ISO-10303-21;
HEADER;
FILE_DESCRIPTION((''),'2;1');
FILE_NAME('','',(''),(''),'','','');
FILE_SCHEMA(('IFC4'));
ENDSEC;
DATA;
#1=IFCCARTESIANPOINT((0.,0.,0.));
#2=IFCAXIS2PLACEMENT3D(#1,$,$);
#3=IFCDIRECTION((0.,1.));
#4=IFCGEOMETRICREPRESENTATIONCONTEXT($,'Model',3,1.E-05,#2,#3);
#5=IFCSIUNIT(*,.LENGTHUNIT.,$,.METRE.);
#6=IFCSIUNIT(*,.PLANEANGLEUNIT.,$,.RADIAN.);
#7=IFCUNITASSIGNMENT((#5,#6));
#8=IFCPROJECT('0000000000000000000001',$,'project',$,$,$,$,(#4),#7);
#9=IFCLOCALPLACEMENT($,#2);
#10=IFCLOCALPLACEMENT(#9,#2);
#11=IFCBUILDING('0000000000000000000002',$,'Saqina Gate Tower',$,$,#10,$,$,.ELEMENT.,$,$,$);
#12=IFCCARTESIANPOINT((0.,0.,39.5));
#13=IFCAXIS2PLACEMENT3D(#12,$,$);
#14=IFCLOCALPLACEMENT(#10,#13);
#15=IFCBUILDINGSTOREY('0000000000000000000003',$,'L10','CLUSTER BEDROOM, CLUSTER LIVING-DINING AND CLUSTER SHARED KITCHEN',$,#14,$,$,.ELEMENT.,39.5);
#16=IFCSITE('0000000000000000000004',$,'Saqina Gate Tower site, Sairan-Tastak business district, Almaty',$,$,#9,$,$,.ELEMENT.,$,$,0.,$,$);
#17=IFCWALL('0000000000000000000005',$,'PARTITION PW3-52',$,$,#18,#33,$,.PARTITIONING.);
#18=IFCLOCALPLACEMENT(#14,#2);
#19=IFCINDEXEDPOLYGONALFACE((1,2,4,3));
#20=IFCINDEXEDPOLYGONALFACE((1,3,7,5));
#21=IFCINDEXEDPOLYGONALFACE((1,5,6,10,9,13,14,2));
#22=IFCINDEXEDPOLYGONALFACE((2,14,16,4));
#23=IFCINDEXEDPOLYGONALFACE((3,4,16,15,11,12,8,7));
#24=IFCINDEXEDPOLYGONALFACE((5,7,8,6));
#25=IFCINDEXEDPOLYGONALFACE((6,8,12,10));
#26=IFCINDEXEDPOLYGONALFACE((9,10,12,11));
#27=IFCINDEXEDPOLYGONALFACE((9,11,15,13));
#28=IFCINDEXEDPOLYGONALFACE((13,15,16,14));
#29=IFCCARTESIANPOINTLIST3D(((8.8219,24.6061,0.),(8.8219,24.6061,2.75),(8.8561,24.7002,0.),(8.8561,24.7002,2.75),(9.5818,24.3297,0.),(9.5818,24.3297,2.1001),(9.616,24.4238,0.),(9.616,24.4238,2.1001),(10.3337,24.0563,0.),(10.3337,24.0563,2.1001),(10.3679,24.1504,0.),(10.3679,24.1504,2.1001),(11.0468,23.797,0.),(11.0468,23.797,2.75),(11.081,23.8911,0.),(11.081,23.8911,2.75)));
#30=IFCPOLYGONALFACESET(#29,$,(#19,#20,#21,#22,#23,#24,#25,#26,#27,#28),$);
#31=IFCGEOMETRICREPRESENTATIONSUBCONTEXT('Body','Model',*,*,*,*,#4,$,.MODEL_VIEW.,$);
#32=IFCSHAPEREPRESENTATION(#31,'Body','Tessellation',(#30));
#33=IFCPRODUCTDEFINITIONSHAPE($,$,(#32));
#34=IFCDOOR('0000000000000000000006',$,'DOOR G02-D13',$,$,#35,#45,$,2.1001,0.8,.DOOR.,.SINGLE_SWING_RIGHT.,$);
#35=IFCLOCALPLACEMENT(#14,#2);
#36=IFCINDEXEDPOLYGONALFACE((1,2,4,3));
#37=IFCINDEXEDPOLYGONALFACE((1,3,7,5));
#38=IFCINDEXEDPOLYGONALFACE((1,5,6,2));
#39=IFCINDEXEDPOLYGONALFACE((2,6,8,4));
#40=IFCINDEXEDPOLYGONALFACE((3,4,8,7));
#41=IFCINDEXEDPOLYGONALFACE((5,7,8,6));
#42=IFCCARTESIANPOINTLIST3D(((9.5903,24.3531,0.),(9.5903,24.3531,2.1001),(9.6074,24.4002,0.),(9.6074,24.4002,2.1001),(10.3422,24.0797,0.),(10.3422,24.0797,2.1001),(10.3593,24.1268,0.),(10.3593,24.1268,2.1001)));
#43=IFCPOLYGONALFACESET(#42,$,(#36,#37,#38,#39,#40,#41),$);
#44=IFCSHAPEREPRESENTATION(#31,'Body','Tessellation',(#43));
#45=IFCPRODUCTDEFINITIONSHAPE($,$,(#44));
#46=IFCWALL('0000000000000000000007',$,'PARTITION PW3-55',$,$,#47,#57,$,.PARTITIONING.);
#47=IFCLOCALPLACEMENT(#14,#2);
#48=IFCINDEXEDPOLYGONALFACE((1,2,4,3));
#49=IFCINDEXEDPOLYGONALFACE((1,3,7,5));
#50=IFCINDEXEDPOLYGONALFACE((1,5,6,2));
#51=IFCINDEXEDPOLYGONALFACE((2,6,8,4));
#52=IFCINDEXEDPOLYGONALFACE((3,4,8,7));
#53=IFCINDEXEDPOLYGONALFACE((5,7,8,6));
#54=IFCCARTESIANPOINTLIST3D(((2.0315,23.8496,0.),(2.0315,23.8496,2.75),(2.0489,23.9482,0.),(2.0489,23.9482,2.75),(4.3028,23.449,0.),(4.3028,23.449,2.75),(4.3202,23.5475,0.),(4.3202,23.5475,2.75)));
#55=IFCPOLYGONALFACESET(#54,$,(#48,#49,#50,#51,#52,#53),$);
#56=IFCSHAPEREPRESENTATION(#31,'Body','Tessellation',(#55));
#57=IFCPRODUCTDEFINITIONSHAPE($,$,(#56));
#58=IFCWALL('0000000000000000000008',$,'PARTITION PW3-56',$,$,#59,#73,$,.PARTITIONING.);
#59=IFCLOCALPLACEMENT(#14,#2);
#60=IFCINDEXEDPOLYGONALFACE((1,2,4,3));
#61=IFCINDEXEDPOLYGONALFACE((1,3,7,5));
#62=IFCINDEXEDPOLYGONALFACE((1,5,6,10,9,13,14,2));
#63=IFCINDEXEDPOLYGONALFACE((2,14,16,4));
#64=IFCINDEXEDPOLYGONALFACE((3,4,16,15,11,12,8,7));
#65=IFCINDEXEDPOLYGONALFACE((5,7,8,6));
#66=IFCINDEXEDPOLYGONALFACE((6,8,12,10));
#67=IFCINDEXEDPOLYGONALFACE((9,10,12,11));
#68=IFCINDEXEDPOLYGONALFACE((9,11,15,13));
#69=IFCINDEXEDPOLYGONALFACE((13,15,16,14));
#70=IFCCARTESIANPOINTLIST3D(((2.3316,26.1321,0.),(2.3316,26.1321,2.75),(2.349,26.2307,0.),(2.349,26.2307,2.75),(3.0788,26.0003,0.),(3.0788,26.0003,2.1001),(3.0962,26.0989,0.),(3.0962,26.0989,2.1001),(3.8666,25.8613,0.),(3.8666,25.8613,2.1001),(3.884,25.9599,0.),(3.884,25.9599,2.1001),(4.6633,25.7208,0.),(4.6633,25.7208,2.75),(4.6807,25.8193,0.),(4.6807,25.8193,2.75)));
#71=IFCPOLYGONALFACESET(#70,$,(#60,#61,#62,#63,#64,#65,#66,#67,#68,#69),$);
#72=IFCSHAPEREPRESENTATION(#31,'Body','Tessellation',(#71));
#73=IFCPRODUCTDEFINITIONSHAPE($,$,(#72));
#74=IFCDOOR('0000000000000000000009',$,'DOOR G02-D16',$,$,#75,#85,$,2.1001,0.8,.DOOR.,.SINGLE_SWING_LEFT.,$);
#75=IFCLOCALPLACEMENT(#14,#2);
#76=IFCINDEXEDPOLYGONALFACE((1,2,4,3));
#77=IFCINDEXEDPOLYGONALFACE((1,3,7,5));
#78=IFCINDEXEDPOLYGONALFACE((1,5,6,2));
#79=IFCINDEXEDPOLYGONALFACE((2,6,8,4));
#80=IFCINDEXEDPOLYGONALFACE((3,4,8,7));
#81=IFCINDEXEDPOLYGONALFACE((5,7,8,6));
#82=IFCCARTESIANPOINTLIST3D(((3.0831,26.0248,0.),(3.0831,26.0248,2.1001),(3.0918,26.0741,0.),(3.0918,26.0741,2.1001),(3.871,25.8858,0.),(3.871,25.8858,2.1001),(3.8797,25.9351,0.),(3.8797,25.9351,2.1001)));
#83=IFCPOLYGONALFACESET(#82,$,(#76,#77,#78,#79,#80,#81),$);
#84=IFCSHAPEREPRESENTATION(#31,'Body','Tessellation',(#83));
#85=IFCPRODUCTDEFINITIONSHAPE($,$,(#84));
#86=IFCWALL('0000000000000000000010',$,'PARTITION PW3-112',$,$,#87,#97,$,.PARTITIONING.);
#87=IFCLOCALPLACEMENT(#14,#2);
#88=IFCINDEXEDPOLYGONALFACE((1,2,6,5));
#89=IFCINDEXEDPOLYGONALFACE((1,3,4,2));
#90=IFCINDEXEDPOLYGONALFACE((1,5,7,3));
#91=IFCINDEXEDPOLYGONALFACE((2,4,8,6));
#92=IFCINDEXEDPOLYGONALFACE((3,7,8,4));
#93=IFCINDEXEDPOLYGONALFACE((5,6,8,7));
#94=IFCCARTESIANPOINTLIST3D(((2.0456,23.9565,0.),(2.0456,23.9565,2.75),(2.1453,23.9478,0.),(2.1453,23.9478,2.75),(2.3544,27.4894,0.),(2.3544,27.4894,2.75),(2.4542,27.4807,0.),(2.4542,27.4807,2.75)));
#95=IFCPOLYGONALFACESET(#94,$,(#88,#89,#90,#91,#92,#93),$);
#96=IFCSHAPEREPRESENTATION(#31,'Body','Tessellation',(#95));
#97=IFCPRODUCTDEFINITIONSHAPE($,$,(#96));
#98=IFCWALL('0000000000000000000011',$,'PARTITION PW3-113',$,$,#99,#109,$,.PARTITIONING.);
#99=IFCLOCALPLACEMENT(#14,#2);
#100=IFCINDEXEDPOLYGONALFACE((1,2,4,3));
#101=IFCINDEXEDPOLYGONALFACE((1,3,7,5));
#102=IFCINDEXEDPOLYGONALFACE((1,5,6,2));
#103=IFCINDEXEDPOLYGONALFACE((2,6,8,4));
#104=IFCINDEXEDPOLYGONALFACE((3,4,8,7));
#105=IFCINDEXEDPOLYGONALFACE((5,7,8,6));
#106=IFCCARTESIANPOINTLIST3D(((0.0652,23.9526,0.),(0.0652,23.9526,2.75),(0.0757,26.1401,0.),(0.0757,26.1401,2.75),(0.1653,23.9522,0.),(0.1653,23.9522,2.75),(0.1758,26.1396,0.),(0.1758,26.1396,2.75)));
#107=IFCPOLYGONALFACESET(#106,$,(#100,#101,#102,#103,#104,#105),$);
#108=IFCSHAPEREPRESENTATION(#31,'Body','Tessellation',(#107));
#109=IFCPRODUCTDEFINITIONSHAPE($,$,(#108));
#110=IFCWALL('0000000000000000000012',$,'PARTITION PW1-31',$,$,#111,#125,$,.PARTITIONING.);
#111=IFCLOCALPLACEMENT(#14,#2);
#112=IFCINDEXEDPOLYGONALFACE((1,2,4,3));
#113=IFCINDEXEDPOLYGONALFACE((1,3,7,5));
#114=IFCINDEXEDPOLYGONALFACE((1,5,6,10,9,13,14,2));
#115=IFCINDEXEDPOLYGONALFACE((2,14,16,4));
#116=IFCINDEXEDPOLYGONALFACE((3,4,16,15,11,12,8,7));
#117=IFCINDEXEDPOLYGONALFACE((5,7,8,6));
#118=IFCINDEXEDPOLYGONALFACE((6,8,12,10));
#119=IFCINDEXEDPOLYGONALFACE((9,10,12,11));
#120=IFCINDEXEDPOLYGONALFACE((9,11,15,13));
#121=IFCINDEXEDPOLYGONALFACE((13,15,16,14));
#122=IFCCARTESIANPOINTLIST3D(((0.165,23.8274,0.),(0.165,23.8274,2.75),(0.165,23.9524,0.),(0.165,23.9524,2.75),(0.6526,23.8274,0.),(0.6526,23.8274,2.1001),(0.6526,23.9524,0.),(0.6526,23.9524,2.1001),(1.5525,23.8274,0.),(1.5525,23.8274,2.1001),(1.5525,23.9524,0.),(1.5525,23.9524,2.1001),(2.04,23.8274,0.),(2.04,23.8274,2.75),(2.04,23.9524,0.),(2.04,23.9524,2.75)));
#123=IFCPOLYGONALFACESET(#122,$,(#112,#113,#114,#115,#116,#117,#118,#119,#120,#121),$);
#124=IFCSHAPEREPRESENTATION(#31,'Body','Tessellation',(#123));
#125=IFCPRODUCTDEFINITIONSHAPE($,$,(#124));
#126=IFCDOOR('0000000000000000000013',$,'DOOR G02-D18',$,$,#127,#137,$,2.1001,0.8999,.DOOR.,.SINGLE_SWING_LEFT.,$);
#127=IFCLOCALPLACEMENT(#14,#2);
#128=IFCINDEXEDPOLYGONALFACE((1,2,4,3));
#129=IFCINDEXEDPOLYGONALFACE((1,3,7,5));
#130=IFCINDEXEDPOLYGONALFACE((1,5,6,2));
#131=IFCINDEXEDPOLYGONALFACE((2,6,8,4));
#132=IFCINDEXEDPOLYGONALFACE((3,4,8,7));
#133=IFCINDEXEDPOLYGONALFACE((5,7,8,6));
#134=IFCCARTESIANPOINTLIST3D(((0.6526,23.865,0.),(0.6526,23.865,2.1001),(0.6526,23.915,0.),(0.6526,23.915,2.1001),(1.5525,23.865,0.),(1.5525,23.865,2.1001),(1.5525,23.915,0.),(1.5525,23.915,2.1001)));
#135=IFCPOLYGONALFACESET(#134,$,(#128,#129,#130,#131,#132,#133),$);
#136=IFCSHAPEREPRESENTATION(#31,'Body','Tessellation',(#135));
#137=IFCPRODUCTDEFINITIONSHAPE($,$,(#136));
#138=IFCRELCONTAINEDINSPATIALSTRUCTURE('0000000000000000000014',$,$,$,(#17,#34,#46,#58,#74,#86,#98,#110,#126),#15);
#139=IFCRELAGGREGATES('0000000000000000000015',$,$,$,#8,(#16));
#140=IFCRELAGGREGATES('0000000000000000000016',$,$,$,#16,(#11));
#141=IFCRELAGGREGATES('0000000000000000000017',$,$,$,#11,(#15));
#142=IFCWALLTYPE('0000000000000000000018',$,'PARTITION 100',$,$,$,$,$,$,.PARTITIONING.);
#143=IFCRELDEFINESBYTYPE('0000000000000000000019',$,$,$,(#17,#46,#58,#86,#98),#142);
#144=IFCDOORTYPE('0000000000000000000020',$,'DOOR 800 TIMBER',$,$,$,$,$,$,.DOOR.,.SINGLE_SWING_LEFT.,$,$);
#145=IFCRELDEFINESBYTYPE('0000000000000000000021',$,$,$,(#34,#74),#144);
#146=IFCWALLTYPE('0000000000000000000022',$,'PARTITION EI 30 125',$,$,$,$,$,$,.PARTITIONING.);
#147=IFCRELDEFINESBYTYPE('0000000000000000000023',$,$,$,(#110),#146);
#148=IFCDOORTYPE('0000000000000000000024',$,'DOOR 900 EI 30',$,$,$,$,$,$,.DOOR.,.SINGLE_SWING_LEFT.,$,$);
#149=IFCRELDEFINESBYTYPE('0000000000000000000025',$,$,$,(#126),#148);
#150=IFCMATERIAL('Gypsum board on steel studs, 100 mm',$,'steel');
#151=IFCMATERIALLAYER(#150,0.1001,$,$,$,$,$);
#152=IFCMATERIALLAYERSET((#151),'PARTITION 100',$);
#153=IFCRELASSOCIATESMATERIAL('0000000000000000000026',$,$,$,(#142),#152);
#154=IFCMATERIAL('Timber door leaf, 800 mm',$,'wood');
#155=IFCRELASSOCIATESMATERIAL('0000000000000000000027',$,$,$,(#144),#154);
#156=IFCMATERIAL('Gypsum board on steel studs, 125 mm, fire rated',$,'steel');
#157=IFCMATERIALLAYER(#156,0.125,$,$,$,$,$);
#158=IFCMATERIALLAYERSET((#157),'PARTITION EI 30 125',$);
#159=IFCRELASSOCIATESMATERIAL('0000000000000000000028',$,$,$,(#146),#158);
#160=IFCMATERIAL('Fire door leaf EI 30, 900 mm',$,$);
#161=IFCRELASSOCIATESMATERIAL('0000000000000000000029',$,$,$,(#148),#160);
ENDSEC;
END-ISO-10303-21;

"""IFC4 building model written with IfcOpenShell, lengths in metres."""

from ifc_helpers import new_model, si_unit, direction, frame, frame_2d, origin, place, context, subcontext, project, spatial, rectangle, extrude, material, layer, layer_set, type_object, element, fill, save


model = new_model("IFC4")

# Units and contexts
model_context = context("Model", 3, precision=1e-05, world=origin(), true_north=direction((0.0, 1.0)))
body_context = subcontext(model_context, "Body", "Model", "MODEL_VIEW")
ifc_project = project(units=[si_unit("LENGTHUNIT", "METRE"), si_unit("PLANEANGLEUNIT", "RADIAN")], contexts=[model_context])

# Site, building, storey
site_placement = place(None, origin())
site = spatial("IfcSite", under=ifc_project, at=site_placement, Name="Saqina Gate Tower site, Sairan-Tastak business district, Almaty", CompositionType="ELEMENT", RefElevation=0.0)
building_placement = place(site_placement, origin())
building = spatial("IfcBuilding", under=site, at=building_placement, Name="Saqina Gate Tower", CompositionType="ELEMENT")
storey_placement = place(building_placement, frame((0.0, 0.0, 39.5)))
storey = spatial("IfcBuildingStorey", under=building, at=storey_placement, Name="L10", Description="CLUSTER BEDROOM, CLUSTER LIVING-DINING AND CLUSTER SHARED KITCHEN", CompositionType="ELEMENT", Elevation=39.5)

# Wall, opening, door
ifc_material_1 = material(Name="Gypsum board on steel studs, 100 mm", Category="steel")
ifc_layer_1 = layer(ifc_material_1, 0.1001)
ifc_layer_set_1 = layer_set([ifc_layer_1], Name="PARTITION 100")
wall_type_1 = type_object("IfcWallType", Name="PARTITION 100", PredefinedType="PARTITIONING", material=ifc_layer_set_1)
ifc_material_2 = material(Name="Timber door leaf, 800 mm", Category="wood")
door_type_1 = type_object("IfcDoorType", Name="DOOR 800 TIMBER", OperationType="SINGLE_SWING_LEFT", PredefinedType="DOOR", material=ifc_material_2)
wall_1_placement = place(storey_placement, frame((8.8391, 24.6531, 0.0), z_axis=(0.0, 0.0, 1.0), x_axis=(0.939787, -0.34176, 0.0)))
wall_1 = element("IfcWall", 1, at=wall_1_placement, inside=storey, type_object=wall_type_1, Name="PARTITION PW3-52", PredefinedType="PARTITIONING", context=body_context, shape_type="SweptSolid", body=[
    extrude(rectangle(XDim=2.3674, YDim=0.1001, at=frame_2d((1.1836, 0.0))), origin(), (0.0, 0.0, 1.0), 2.75),
])
opening_1_placement = place(wall_1_placement, frame((0.8086, 0.0, 0.0)))
opening_1 = element("IfcOpeningElement", 2, at=opening_1_placement, cuts=wall_1, PredefinedType="OPENING", context=body_context, shape_type="SweptSolid", body=[
    extrude(rectangle(XDim=0.8, YDim=2.1001, at=frame_2d((0.3999, 1.05))), frame((0.0, 0.062, 0.0), z_axis=(0.0, -1.0, 0.0), x_axis=(1.0, 0.0, 0.0)), (0.0, 0.0, 1.0), 0.124),
])
door_1_placement = place(opening_1_placement, origin())
door_1 = element("IfcDoor", 3, at=door_1_placement, inside=storey, type_object=door_type_1, Name="DOOR G02-D13", OperationType="SINGLE_SWING_RIGHT", OverallHeight=2.1001, OverallWidth=0.8, PredefinedType="DOOR", context=body_context, shape_type="SweptSolid", body=[
    extrude(rectangle(XDim=0.8, YDim=2.1001, at=frame_2d((0.3999, 1.05))), frame((0.0, 0.0249, 0.0), z_axis=(0.0, -1.0, 0.0), x_axis=(1.0, 0.0, 0.0)), (0.0, 0.0, 1.0), 0.05),
])
fill(opening_1, door_1)

# Wall
wall_2_placement = place(storey_placement, frame((2.04, 23.8989, 0.0), z_axis=(0.0, 0.0, 1.0), x_axis=(0.984796, -0.173713, 0.0)))
element("IfcWall", 4, at=wall_2_placement, inside=storey, type_object=wall_type_1, Name="PARTITION PW3-55", PredefinedType="PARTITIONING", context=body_context, shape_type="SweptSolid", body=[
    extrude(rectangle(XDim=2.3064, YDim=0.1001, at=frame_2d((1.1533, 0.0))), origin(), (0.0, 0.0, 1.0), 2.75),
])

# Wall, opening, door
wall_3_placement = place(storey_placement, frame((2.3403, 26.1814, 0.0), z_axis=(0.0, 0.0, 1.0), x_axis=(0.984792, -0.173738, 0.0)))
wall_3 = element("IfcWall", 5, at=wall_3_placement, inside=storey, type_object=wall_type_1, Name="PARTITION PW3-56", PredefinedType="PARTITIONING", context=body_context, shape_type="SweptSolid", body=[
    extrude(rectangle(XDim=2.3677, YDim=0.1001, at=frame_2d((1.1838, 0.0))), origin(), (0.0, 0.0, 1.0), 2.75),
])
opening_2_placement = place(wall_3_placement, frame((0.7588, 0.0, 0.0)))
opening_2 = element("IfcOpeningElement", 6, at=opening_2_placement, cuts=wall_3, PredefinedType="OPENING", context=body_context, shape_type="SweptSolid", body=[
    extrude(rectangle(XDim=0.8, YDim=2.1001, at=frame_2d((0.3999, 1.05))), frame((0.0, 0.062, 0.0), z_axis=(0.0, -1.0, 0.0), x_axis=(1.0, 0.0, 0.0)), (0.0, 0.0, 1.0), 0.124),
])
door_2_placement = place(opening_2_placement, origin())
door_2 = element("IfcDoor", 7, at=door_2_placement, inside=storey, type_object=door_type_1, Name="DOOR G02-D16", OperationType="SINGLE_SWING_LEFT", OverallHeight=2.1001, OverallWidth=0.8, PredefinedType="DOOR", context=body_context, shape_type="SweptSolid", body=[
    extrude(rectangle(XDim=0.8, YDim=2.1001, at=frame_2d((0.3999, 1.05))), frame((0.0, 0.0249, 0.0), z_axis=(0.0, -1.0, 0.0), x_axis=(1.0, 0.0, 0.0)), (0.0, 0.0, 1.0), 0.05),
])
fill(opening_2, door_2)

# Walls
wall_4_placement = place(storey_placement, frame((2.0955, 23.9521, 0.0), z_axis=(0.0, 0.0, 1.0), x_axis=(0.087084, 0.996201, 0.0)))
element("IfcWall", 8, at=wall_4_placement, inside=storey, type_object=wall_type_1, Name="PARTITION PW3-112", PredefinedType="PARTITIONING", context=body_context, shape_type="SweptSolid", body=[
    extrude(rectangle(XDim=3.5464, YDim=0.1001, at=frame_2d((1.7732, 0.0))), origin(), (0.0, 0.0, 1.0), 2.75),
])
wall_5_placement = place(storey_placement, frame((0.1152, 23.9524, 0.0), z_axis=(0.0, 0.0, 1.0), x_axis=(0.004799, 0.999988, 0.0)))
element("IfcWall", 9, at=wall_5_placement, inside=storey, type_object=wall_type_1, Name="PARTITION PW3-113", PredefinedType="PARTITIONING", context=body_context, shape_type="SweptSolid", body=[
    extrude(rectangle(XDim=2.1875, YDim=0.1001, at=frame_2d((1.0938, 0.0))), origin(), (0.0, 0.0, 1.0), 2.75),
])

# Wall, opening, door
ifc_material_3 = material(Name="Gypsum board on steel studs, 125 mm, fire rated", Category="steel")
ifc_layer_2 = layer(ifc_material_3, 0.125)
ifc_layer_set_2 = layer_set([ifc_layer_2], Name="PARTITION EI 30 125")
wall_type_2 = type_object("IfcWallType", Name="PARTITION EI 30 125", PredefinedType="PARTITIONING", material=ifc_layer_set_2)
wall_6_placement = place(storey_placement, frame((0.165, 23.8899, 0.0), z_axis=(0.0, 0.0, 1.0), x_axis=(1.0, 0.0, 0.0)))
wall_6 = element("IfcWall", 10, at=wall_6_placement, inside=storey, type_object=wall_type_2, Name="PARTITION PW1-31", PredefinedType="PARTITIONING", context=body_context, shape_type="SweptSolid", body=[
    extrude(rectangle(XDim=1.875, YDim=0.125, at=frame_2d((0.9375, 0.0))), origin(), (0.0, 0.0, 1.0), 2.75),
])
opening_3_placement = place(wall_6_placement, frame((0.4875, 0.0, 0.0)))
opening_3 = element("IfcOpeningElement", 11, at=opening_3_placement, cuts=wall_6, PredefinedType="OPENING", context=body_context, shape_type="SweptSolid", body=[
    extrude(rectangle(XDim=0.8999, YDim=2.1001, at=frame_2d((0.45, 1.05))), frame((0.0, 0.0745, 0.0), z_axis=(0.0, -1.0, 0.0), x_axis=(1.0, 0.0, 0.0)), (0.0, 0.0, 1.0), 0.1489),
])
ifc_material_4 = material(Name="Fire door leaf EI 30, 900 mm")
door_type_2 = type_object("IfcDoorType", Name="DOOR 900 EI 30", OperationType="SINGLE_SWING_LEFT", PredefinedType="DOOR", material=ifc_material_4)
door_3_placement = place(opening_3_placement, frame((0.8999, 0.0, 0.0), z_axis=(0.0, 0.0, 1.0), x_axis=(-1.0, 0.0, 0.0)))
door_3 = element("IfcDoor", 12, at=door_3_placement, inside=storey, type_object=door_type_2, Name="DOOR G02-D18", OperationType="SINGLE_SWING_LEFT", OverallHeight=2.1001, OverallWidth=0.8999, PredefinedType="DOOR", context=body_context, shape_type="SweptSolid", body=[
    extrude(rectangle(XDim=0.8999, YDim=2.1001, at=frame_2d((0.45, 1.05))), frame((0.0, 0.0249, 0.0), z_axis=(0.0, -1.0, 0.0), x_axis=(1.0, 0.0, 0.0)), (0.0, 0.0, 1.0), 0.05),
])
fill(opening_3, door_3)

save(model, "model.ifc")
